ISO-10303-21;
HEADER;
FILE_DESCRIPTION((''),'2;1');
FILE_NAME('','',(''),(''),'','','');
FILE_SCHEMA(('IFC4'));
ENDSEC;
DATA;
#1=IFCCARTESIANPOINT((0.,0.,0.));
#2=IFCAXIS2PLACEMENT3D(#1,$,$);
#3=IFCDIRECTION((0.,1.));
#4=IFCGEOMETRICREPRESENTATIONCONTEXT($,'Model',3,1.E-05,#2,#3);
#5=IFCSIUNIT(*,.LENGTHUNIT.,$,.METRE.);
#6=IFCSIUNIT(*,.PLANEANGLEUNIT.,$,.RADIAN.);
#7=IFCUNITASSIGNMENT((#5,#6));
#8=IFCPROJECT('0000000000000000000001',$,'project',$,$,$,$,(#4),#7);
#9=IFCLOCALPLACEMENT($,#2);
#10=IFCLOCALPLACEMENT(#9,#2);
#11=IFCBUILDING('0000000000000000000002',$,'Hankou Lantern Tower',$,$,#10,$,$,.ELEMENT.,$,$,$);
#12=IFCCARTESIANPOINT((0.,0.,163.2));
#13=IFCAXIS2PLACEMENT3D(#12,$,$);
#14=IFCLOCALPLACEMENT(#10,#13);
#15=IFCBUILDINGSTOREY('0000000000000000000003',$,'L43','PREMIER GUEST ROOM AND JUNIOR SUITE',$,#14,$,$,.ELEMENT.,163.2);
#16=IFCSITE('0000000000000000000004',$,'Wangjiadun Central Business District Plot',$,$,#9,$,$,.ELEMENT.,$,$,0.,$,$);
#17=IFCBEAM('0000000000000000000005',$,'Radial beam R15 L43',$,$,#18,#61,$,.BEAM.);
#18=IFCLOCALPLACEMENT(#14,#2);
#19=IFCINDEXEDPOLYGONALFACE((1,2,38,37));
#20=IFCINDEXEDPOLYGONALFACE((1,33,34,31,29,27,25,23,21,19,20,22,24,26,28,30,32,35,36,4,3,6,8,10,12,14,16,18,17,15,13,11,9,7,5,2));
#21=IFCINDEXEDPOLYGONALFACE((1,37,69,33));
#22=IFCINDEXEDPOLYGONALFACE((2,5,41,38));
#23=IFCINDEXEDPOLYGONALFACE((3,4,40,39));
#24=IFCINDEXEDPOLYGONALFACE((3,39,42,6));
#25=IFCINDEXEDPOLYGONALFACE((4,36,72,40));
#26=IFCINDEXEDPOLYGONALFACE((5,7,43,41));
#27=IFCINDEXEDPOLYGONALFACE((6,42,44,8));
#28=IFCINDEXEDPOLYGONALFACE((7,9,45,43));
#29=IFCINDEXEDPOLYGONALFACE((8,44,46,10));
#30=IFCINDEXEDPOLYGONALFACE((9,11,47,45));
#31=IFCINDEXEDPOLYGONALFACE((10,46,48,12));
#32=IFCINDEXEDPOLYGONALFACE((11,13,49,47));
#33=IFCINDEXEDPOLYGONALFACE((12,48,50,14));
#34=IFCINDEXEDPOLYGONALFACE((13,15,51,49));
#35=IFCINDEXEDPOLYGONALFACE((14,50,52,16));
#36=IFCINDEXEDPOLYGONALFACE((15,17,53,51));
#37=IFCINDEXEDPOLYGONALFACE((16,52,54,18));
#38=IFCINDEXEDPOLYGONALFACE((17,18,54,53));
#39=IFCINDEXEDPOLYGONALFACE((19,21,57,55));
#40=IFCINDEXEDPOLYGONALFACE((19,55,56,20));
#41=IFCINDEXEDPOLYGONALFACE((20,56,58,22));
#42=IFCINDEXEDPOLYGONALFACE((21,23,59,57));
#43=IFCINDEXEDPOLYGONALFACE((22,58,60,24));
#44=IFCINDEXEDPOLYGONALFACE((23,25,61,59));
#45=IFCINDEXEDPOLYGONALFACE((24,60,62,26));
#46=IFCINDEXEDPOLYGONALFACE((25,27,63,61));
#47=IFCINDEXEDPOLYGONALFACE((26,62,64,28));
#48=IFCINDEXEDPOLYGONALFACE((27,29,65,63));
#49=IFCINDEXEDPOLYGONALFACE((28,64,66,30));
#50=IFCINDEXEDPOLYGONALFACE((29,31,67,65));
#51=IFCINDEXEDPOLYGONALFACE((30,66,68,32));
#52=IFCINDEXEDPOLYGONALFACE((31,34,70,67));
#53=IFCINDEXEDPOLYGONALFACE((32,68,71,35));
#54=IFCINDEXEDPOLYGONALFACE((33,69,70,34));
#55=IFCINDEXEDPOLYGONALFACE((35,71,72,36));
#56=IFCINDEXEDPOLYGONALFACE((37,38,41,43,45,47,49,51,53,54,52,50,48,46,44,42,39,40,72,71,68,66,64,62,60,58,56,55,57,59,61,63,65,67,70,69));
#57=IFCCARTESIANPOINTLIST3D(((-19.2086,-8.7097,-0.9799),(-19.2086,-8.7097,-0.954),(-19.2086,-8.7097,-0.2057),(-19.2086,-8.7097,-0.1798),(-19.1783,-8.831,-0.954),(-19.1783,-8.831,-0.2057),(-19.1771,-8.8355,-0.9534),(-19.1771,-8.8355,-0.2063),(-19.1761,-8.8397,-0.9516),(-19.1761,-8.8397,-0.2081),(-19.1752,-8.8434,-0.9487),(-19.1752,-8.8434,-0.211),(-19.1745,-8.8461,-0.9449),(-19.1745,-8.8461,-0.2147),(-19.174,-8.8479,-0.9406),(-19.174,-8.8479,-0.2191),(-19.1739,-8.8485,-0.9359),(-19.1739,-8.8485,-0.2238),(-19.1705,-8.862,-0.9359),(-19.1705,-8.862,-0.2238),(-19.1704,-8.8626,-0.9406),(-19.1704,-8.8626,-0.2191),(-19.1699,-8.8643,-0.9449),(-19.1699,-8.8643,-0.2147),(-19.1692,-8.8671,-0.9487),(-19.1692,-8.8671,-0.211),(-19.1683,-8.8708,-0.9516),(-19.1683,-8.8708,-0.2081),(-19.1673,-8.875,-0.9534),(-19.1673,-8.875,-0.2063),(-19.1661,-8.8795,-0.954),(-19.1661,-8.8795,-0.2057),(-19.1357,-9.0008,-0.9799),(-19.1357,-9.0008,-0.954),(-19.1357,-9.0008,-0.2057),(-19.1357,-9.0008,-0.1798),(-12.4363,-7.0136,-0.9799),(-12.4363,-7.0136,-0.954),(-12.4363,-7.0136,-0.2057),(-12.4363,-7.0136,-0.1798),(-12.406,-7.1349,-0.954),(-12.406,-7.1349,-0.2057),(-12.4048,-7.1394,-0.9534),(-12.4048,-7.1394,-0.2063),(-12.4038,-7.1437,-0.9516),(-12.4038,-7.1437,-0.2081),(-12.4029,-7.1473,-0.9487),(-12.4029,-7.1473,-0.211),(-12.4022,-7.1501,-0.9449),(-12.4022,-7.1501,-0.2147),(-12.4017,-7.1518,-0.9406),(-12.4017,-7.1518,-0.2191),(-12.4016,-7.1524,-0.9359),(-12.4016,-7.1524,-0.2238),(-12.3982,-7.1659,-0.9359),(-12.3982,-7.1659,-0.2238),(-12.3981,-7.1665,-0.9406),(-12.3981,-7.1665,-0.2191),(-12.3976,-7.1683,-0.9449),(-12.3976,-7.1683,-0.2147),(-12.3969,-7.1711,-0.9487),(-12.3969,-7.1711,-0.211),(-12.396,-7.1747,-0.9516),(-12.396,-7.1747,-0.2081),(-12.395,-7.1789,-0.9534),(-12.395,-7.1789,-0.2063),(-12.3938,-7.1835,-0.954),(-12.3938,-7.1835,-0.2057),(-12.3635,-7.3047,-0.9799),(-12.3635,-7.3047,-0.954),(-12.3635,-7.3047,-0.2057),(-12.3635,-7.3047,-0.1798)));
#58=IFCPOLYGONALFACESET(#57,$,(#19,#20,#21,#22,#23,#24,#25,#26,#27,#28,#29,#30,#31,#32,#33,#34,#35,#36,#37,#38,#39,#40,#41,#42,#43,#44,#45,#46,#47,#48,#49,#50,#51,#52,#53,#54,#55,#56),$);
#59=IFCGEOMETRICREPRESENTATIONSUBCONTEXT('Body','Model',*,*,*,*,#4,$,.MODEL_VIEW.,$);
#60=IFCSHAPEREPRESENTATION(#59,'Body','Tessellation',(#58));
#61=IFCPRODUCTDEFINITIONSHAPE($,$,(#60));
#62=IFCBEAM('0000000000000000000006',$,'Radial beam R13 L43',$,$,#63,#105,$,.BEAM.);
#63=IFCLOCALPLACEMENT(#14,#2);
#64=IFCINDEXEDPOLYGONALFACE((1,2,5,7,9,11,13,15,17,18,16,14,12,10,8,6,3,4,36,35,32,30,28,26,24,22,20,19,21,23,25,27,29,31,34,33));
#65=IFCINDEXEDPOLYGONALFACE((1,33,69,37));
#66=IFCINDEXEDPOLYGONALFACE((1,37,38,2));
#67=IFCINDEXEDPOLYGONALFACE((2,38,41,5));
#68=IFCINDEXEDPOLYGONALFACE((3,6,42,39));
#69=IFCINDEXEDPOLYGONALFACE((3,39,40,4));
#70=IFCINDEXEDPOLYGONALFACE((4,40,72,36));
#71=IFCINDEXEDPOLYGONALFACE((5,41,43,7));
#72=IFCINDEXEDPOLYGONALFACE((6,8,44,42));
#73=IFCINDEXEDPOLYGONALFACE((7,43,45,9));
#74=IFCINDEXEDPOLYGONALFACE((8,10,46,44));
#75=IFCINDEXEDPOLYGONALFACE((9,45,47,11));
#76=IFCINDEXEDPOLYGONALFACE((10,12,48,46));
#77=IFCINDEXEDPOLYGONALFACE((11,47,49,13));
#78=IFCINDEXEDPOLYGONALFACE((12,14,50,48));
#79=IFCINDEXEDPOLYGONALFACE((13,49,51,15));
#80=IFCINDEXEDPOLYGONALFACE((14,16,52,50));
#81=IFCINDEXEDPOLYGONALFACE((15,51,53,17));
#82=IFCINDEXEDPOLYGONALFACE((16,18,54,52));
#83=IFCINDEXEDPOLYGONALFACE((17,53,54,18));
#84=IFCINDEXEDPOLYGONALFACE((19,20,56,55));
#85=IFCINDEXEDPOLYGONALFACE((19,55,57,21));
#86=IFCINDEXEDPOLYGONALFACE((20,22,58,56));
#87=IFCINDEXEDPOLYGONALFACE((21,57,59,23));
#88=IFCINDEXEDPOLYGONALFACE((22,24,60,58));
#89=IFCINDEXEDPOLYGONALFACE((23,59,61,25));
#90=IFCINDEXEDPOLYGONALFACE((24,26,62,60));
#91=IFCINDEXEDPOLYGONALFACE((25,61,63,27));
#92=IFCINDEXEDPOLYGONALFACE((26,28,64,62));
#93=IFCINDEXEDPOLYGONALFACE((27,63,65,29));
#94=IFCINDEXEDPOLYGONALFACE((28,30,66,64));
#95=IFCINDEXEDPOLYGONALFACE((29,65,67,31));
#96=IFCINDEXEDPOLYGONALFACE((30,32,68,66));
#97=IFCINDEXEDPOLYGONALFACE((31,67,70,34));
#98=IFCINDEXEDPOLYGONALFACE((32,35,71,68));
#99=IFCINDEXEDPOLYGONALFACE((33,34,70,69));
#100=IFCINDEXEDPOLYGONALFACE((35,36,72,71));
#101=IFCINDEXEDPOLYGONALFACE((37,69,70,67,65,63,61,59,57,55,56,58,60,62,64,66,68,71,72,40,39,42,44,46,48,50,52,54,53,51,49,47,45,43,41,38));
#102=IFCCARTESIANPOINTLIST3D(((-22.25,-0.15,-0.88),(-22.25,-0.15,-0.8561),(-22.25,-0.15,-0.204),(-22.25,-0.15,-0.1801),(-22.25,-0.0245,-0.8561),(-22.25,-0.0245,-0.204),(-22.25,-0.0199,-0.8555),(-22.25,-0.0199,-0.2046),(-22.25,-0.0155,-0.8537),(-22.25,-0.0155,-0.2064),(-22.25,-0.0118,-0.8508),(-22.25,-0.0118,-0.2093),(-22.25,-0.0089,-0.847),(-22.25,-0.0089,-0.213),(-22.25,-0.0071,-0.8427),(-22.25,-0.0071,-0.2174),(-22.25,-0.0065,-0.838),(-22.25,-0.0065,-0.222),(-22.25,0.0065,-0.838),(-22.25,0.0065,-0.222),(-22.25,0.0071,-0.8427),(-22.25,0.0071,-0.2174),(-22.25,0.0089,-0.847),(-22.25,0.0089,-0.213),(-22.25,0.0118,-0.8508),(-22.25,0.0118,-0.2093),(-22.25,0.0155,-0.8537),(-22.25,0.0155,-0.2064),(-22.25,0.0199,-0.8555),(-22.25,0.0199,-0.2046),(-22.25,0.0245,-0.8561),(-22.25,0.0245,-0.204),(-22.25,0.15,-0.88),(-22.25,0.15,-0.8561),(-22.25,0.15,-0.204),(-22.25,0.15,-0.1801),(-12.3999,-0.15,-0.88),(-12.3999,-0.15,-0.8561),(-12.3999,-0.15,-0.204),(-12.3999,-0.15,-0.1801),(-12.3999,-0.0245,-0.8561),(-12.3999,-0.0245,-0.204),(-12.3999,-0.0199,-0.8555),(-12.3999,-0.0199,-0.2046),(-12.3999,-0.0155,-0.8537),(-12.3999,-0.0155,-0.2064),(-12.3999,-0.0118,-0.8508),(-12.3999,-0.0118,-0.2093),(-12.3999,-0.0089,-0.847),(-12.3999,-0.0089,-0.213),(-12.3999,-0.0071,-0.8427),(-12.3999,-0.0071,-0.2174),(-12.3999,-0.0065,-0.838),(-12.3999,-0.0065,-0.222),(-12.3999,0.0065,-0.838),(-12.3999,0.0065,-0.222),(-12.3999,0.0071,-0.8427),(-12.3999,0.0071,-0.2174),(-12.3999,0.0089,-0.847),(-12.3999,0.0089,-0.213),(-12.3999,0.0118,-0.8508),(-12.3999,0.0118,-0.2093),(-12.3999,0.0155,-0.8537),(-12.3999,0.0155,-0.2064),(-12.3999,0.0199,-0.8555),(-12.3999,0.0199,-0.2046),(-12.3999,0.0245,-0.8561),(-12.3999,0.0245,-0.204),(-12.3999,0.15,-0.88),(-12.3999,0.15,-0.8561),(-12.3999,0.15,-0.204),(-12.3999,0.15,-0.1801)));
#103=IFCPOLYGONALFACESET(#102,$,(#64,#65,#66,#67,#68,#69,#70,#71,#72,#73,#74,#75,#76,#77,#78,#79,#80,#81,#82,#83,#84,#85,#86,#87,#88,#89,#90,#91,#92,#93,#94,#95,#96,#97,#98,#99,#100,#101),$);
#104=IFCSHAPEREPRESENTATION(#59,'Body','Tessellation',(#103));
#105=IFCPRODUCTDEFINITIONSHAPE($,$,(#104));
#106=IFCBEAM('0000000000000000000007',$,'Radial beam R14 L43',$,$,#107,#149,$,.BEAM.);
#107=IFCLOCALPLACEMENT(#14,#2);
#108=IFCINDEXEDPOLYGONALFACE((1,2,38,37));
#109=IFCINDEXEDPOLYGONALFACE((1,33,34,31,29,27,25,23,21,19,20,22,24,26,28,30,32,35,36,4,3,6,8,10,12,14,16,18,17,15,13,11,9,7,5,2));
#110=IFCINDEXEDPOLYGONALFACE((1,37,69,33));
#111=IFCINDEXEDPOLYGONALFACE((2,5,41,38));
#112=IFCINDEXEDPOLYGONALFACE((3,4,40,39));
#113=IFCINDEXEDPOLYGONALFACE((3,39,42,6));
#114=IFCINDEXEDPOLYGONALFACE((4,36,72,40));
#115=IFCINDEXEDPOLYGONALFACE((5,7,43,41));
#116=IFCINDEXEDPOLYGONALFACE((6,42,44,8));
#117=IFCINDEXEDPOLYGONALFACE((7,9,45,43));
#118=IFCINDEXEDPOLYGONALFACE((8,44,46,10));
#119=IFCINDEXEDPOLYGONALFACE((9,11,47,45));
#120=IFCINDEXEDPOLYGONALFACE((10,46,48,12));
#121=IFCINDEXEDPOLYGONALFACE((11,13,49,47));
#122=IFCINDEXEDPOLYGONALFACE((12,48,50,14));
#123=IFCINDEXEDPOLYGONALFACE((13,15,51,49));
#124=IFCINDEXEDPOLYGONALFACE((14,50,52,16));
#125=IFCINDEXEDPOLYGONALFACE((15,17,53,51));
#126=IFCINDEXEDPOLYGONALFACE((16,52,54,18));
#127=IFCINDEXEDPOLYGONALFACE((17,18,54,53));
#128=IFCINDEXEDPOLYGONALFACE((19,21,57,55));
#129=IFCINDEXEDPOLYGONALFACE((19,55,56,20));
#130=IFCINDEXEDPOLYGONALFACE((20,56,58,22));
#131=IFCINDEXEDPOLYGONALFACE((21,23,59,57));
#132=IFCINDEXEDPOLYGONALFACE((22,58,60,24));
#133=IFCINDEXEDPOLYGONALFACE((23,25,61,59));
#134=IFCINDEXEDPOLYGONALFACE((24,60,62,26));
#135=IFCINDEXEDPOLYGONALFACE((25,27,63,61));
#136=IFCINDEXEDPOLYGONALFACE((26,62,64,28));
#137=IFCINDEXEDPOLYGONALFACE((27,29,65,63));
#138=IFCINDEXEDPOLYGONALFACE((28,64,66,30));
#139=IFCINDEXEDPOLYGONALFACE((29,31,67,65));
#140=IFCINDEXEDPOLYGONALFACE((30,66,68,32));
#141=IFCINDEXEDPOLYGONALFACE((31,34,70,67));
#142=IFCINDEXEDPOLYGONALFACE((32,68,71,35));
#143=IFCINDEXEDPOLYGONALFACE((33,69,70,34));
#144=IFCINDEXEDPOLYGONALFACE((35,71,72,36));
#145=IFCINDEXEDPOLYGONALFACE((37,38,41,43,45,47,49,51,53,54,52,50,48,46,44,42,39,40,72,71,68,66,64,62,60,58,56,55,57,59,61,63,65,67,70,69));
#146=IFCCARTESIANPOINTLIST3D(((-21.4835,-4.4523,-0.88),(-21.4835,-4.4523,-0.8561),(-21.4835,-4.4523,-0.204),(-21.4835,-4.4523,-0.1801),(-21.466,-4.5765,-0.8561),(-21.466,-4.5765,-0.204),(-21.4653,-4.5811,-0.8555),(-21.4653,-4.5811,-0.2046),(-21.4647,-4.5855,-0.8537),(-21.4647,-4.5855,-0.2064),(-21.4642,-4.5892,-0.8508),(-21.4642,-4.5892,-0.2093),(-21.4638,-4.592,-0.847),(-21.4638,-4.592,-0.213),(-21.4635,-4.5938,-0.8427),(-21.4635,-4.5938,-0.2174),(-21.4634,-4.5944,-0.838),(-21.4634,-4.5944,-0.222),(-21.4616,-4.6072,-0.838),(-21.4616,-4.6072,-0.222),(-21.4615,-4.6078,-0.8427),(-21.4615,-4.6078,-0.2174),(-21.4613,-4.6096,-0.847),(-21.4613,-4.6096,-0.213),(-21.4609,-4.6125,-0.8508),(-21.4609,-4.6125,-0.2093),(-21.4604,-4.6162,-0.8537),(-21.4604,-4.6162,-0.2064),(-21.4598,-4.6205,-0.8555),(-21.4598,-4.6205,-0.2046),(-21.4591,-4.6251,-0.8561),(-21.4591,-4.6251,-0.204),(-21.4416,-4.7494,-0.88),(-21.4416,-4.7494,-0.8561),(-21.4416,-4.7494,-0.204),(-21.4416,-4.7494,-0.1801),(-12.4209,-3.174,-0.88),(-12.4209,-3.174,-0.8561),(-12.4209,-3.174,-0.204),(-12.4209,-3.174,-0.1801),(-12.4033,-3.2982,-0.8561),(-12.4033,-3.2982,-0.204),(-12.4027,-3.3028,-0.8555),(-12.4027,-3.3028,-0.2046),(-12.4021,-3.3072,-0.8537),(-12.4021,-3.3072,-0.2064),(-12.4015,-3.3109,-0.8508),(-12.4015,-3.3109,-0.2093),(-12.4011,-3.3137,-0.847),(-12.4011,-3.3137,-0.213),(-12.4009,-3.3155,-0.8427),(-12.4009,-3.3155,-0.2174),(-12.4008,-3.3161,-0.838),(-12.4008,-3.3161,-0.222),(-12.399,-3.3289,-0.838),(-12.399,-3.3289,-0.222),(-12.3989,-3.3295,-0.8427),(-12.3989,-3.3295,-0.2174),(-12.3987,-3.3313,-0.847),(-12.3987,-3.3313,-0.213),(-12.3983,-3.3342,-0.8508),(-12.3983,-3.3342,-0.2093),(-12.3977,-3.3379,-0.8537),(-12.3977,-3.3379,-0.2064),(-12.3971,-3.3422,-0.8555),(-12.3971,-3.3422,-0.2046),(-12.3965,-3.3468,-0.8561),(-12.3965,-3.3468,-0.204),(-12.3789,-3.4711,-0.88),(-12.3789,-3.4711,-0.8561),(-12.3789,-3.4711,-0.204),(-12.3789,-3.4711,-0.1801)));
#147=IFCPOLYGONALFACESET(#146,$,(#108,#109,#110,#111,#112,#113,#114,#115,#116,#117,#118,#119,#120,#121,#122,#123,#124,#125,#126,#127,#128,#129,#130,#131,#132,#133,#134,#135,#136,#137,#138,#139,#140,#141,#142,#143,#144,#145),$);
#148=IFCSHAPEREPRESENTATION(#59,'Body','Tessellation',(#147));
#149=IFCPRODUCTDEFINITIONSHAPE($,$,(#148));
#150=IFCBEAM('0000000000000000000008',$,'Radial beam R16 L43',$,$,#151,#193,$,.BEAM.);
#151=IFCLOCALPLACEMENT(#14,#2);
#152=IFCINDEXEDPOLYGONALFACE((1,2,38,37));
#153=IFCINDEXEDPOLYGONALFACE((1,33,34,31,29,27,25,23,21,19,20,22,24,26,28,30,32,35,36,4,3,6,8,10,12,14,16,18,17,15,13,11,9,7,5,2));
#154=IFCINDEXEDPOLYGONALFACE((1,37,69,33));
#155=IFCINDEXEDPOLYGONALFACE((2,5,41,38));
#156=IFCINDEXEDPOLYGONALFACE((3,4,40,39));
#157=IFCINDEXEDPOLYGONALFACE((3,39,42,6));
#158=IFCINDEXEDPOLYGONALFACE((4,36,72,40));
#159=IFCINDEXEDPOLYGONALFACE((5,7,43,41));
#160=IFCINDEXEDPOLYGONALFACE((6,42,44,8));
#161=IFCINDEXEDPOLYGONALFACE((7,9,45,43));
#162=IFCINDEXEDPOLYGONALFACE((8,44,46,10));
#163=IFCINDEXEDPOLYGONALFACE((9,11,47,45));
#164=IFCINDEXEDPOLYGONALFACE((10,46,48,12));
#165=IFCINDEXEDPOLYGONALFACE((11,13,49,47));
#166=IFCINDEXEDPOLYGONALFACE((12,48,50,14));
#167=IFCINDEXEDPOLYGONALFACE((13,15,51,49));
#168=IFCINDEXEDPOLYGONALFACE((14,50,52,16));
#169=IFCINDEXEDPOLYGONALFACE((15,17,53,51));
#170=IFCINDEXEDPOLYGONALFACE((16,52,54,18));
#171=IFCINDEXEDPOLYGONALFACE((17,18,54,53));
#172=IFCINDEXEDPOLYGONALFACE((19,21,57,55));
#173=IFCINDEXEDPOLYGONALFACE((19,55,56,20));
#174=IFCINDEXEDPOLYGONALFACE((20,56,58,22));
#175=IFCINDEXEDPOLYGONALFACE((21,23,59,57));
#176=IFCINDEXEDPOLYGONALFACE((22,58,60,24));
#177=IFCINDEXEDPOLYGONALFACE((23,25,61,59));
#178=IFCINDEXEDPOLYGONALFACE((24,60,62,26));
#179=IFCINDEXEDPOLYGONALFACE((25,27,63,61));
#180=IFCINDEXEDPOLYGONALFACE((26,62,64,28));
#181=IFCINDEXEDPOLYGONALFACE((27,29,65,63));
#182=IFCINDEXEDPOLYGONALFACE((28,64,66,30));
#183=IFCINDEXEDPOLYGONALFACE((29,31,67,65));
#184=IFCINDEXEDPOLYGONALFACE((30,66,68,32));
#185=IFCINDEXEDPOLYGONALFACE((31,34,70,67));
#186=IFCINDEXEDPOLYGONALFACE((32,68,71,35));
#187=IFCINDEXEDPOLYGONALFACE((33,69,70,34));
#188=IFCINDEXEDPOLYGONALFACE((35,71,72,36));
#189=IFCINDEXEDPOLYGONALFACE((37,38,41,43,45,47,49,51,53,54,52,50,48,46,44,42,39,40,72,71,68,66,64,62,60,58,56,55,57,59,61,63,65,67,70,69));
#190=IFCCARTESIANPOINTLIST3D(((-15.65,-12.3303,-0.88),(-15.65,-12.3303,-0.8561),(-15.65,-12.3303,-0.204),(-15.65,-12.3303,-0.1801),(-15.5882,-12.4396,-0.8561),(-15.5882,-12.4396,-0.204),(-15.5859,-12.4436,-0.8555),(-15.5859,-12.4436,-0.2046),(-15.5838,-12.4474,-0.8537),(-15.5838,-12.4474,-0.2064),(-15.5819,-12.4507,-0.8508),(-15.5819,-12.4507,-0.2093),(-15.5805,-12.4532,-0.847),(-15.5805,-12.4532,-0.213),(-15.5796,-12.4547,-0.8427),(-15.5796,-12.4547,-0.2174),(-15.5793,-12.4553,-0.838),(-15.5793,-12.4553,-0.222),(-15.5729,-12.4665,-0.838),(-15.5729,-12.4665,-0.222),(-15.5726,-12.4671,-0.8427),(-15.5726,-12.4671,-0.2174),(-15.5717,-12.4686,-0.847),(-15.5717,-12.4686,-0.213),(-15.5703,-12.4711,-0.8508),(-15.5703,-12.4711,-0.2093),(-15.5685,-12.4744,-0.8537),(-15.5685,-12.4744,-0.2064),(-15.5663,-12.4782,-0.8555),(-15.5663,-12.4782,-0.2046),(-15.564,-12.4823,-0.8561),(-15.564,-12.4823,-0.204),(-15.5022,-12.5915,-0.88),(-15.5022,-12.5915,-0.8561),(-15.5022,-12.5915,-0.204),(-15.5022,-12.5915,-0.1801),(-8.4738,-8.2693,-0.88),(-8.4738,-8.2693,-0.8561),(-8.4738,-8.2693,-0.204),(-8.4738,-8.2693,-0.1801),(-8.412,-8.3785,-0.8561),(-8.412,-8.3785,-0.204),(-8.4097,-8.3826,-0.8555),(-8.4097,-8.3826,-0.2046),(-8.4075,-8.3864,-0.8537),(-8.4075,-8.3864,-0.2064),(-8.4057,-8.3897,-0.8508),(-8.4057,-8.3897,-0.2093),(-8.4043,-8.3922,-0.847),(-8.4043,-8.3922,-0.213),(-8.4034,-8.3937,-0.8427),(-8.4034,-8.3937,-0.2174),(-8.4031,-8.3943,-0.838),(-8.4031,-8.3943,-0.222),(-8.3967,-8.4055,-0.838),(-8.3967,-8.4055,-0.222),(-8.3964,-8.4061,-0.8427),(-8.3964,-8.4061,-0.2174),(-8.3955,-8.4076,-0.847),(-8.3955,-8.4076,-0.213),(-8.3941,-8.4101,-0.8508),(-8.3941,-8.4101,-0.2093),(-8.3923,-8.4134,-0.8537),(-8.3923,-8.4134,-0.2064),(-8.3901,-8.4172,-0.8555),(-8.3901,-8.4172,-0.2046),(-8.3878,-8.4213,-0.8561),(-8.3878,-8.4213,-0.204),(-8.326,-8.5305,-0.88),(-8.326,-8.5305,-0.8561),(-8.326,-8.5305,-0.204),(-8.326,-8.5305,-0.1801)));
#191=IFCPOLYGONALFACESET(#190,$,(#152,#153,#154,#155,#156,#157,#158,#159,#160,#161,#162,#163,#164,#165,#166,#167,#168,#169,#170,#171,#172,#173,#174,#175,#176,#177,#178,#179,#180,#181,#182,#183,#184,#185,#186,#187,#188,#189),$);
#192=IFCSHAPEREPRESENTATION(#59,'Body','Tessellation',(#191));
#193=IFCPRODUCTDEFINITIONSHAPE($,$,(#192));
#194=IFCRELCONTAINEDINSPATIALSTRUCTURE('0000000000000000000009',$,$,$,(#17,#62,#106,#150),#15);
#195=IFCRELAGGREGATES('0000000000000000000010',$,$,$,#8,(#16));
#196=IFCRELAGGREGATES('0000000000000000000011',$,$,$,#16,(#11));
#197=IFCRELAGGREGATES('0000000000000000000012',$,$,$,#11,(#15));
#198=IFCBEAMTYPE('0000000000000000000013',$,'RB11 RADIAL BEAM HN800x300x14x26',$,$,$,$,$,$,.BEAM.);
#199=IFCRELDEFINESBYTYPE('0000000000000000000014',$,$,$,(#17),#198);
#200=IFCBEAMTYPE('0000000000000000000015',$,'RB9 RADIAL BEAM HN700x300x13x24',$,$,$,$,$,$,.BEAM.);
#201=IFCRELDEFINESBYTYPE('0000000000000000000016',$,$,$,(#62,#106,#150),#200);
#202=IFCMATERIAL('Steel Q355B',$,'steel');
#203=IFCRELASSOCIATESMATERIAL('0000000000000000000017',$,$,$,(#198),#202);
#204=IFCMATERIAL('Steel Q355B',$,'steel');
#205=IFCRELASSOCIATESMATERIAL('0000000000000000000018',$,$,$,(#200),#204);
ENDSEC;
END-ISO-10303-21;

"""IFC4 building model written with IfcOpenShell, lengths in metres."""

from ifc_helpers import new_model, si_unit, direction, frame, origin, origin_2d, place, context, subcontext, project, spatial, i_section, extrude, material, material_profile, profile_set, type_object, element, save


model = new_model("IFC4")

# Units and contexts
model_context = context("Model", 3, precision=1e-05, world=origin(), true_north=direction((0.0, 1.0)))
body_context = subcontext(model_context, "Body", "Model", "MODEL_VIEW")
ifc_project = project(units=[si_unit("LENGTHUNIT", "METRE"), si_unit("PLANEANGLEUNIT", "RADIAN")], contexts=[model_context])

# Site, building, storey
site_placement = place(None, origin())
site = spatial("IfcSite", under=ifc_project, at=site_placement, Name="Wangjiadun Central Business District Plot", CompositionType="ELEMENT", RefElevation=0.0)
building_placement = place(site_placement, origin())
building = spatial("IfcBuilding", under=site, at=building_placement, Name="Hankou Lantern Tower", CompositionType="ELEMENT")
storey_placement = place(building_placement, frame((0.0, 0.0, 163.2)))
storey = spatial("IfcBuildingStorey", under=building, at=storey_placement, Name="L43", Description="PREMIER GUEST ROOM AND JUNIOR SUITE", CompositionType="ELEMENT", Elevation=163.2)

# Beams
ifc_material_1 = material(Name="Steel Q355B", Category="steel")
ifc_material_profile_1 = material_profile(ifc_material_1, i_section(OverallWidth=0.3, OverallDepth=0.8, WebThickness=0.0139, FlangeThickness=0.0259, FilletRadius=0.0181, at=origin_2d()), Name="HN800x300x14x26")
ifc_profile_set_1 = profile_set([ifc_material_profile_1], Name="Steel Q355B")
beam_type_1 = type_object("IfcBeamType", Name="RB11 RADIAL BEAM HN800x300x14x26", PredefinedType="BEAM", material=ifc_profile_set_1)
beam_1_placement = place(storey_placement, frame((-12.3999, -7.1592, -0.5798), z_axis=(-0.970042, -0.242939, 0.0), x_axis=(0.242939, -0.970042, 0.0)))
element("IfcBeam", 1, at=beam_1_placement, inside=storey, type_object=beam_type_1, Name="Radial beam R15 L43", PredefinedType="BEAM", context=body_context, shape_type="SweptSolid", body=[
    extrude(i_section(OverallWidth=0.3, OverallDepth=0.8, WebThickness=0.0139, FlangeThickness=0.0259, FilletRadius=0.0181, at=origin_2d()), origin(), (0.0, 0.0, 1.0), 6.9814),
])
ifc_material_2 = material(Name="Steel Q355B", Category="steel")
ifc_material_profile_2 = material_profile(ifc_material_2, i_section(OverallWidth=0.3, OverallDepth=0.7, WebThickness=0.0129, FlangeThickness=0.0239, FilletRadius=0.0181, at=origin_2d()), Name="HN700x300x13x24")
ifc_profile_set_2 = profile_set([ifc_material_profile_2], Name="Steel Q355B")
beam_type_2 = type_object("IfcBeamType", Name="RB9 RADIAL BEAM HN700x300x13x24", PredefinedType="BEAM", material=ifc_profile_set_2)
beam_2_placement = place(storey_placement, frame((-12.3999, 0.0, -0.53), z_axis=(-1.0, 0.0, 0.0), x_axis=(0.0, -1.0, 0.0)))
element("IfcBeam", 2, at=beam_2_placement, inside=storey, type_object=beam_type_2, Name="Radial beam R13 L43", PredefinedType="BEAM", context=body_context, shape_type="SweptSolid", body=[
    extrude(i_section(OverallWidth=0.3, OverallDepth=0.7, WebThickness=0.0129, FlangeThickness=0.0239, FilletRadius=0.0181, at=origin_2d()), origin(), (0.0, 0.0, 1.0), 9.8501),
])
beam_3_placement = place(storey_placement, frame((-12.3999, -3.3225, -0.53), z_axis=(-0.990198, -0.13967, 0.0), x_axis=(0.13967, -0.990198, 0.0)))
element("IfcBeam", 3, at=beam_3_placement, inside=storey, type_object=beam_type_2, Name="Radial beam R14 L43", PredefinedType="BEAM", context=body_context, shape_type="SweptSolid", body=[
    extrude(i_section(OverallWidth=0.3, OverallDepth=0.7, WebThickness=0.0129, FlangeThickness=0.0239, FilletRadius=0.0181, at=origin_2d()), origin(), (0.0, 0.0, 1.0), 9.1523),
])
beam_4_placement = place(storey_placement, frame((-8.3999, -8.3999, -0.53), z_axis=(-0.870309, -0.492506, 0.0), x_axis=(0.492506, -0.870309, 0.0)))
element("IfcBeam", 4, at=beam_4_placement, inside=storey, type_object=beam_type_2, Name="Radial beam R16 L43", PredefinedType="BEAM", context=body_context, shape_type="SweptSolid", body=[
    extrude(i_section(OverallWidth=0.3, OverallDepth=0.7, WebThickness=0.0129, FlangeThickness=0.0239, FilletRadius=0.0181, at=origin_2d()), origin(), (0.0, 0.0, 1.0), 8.2456),
])

save(model, "model.ifc")
